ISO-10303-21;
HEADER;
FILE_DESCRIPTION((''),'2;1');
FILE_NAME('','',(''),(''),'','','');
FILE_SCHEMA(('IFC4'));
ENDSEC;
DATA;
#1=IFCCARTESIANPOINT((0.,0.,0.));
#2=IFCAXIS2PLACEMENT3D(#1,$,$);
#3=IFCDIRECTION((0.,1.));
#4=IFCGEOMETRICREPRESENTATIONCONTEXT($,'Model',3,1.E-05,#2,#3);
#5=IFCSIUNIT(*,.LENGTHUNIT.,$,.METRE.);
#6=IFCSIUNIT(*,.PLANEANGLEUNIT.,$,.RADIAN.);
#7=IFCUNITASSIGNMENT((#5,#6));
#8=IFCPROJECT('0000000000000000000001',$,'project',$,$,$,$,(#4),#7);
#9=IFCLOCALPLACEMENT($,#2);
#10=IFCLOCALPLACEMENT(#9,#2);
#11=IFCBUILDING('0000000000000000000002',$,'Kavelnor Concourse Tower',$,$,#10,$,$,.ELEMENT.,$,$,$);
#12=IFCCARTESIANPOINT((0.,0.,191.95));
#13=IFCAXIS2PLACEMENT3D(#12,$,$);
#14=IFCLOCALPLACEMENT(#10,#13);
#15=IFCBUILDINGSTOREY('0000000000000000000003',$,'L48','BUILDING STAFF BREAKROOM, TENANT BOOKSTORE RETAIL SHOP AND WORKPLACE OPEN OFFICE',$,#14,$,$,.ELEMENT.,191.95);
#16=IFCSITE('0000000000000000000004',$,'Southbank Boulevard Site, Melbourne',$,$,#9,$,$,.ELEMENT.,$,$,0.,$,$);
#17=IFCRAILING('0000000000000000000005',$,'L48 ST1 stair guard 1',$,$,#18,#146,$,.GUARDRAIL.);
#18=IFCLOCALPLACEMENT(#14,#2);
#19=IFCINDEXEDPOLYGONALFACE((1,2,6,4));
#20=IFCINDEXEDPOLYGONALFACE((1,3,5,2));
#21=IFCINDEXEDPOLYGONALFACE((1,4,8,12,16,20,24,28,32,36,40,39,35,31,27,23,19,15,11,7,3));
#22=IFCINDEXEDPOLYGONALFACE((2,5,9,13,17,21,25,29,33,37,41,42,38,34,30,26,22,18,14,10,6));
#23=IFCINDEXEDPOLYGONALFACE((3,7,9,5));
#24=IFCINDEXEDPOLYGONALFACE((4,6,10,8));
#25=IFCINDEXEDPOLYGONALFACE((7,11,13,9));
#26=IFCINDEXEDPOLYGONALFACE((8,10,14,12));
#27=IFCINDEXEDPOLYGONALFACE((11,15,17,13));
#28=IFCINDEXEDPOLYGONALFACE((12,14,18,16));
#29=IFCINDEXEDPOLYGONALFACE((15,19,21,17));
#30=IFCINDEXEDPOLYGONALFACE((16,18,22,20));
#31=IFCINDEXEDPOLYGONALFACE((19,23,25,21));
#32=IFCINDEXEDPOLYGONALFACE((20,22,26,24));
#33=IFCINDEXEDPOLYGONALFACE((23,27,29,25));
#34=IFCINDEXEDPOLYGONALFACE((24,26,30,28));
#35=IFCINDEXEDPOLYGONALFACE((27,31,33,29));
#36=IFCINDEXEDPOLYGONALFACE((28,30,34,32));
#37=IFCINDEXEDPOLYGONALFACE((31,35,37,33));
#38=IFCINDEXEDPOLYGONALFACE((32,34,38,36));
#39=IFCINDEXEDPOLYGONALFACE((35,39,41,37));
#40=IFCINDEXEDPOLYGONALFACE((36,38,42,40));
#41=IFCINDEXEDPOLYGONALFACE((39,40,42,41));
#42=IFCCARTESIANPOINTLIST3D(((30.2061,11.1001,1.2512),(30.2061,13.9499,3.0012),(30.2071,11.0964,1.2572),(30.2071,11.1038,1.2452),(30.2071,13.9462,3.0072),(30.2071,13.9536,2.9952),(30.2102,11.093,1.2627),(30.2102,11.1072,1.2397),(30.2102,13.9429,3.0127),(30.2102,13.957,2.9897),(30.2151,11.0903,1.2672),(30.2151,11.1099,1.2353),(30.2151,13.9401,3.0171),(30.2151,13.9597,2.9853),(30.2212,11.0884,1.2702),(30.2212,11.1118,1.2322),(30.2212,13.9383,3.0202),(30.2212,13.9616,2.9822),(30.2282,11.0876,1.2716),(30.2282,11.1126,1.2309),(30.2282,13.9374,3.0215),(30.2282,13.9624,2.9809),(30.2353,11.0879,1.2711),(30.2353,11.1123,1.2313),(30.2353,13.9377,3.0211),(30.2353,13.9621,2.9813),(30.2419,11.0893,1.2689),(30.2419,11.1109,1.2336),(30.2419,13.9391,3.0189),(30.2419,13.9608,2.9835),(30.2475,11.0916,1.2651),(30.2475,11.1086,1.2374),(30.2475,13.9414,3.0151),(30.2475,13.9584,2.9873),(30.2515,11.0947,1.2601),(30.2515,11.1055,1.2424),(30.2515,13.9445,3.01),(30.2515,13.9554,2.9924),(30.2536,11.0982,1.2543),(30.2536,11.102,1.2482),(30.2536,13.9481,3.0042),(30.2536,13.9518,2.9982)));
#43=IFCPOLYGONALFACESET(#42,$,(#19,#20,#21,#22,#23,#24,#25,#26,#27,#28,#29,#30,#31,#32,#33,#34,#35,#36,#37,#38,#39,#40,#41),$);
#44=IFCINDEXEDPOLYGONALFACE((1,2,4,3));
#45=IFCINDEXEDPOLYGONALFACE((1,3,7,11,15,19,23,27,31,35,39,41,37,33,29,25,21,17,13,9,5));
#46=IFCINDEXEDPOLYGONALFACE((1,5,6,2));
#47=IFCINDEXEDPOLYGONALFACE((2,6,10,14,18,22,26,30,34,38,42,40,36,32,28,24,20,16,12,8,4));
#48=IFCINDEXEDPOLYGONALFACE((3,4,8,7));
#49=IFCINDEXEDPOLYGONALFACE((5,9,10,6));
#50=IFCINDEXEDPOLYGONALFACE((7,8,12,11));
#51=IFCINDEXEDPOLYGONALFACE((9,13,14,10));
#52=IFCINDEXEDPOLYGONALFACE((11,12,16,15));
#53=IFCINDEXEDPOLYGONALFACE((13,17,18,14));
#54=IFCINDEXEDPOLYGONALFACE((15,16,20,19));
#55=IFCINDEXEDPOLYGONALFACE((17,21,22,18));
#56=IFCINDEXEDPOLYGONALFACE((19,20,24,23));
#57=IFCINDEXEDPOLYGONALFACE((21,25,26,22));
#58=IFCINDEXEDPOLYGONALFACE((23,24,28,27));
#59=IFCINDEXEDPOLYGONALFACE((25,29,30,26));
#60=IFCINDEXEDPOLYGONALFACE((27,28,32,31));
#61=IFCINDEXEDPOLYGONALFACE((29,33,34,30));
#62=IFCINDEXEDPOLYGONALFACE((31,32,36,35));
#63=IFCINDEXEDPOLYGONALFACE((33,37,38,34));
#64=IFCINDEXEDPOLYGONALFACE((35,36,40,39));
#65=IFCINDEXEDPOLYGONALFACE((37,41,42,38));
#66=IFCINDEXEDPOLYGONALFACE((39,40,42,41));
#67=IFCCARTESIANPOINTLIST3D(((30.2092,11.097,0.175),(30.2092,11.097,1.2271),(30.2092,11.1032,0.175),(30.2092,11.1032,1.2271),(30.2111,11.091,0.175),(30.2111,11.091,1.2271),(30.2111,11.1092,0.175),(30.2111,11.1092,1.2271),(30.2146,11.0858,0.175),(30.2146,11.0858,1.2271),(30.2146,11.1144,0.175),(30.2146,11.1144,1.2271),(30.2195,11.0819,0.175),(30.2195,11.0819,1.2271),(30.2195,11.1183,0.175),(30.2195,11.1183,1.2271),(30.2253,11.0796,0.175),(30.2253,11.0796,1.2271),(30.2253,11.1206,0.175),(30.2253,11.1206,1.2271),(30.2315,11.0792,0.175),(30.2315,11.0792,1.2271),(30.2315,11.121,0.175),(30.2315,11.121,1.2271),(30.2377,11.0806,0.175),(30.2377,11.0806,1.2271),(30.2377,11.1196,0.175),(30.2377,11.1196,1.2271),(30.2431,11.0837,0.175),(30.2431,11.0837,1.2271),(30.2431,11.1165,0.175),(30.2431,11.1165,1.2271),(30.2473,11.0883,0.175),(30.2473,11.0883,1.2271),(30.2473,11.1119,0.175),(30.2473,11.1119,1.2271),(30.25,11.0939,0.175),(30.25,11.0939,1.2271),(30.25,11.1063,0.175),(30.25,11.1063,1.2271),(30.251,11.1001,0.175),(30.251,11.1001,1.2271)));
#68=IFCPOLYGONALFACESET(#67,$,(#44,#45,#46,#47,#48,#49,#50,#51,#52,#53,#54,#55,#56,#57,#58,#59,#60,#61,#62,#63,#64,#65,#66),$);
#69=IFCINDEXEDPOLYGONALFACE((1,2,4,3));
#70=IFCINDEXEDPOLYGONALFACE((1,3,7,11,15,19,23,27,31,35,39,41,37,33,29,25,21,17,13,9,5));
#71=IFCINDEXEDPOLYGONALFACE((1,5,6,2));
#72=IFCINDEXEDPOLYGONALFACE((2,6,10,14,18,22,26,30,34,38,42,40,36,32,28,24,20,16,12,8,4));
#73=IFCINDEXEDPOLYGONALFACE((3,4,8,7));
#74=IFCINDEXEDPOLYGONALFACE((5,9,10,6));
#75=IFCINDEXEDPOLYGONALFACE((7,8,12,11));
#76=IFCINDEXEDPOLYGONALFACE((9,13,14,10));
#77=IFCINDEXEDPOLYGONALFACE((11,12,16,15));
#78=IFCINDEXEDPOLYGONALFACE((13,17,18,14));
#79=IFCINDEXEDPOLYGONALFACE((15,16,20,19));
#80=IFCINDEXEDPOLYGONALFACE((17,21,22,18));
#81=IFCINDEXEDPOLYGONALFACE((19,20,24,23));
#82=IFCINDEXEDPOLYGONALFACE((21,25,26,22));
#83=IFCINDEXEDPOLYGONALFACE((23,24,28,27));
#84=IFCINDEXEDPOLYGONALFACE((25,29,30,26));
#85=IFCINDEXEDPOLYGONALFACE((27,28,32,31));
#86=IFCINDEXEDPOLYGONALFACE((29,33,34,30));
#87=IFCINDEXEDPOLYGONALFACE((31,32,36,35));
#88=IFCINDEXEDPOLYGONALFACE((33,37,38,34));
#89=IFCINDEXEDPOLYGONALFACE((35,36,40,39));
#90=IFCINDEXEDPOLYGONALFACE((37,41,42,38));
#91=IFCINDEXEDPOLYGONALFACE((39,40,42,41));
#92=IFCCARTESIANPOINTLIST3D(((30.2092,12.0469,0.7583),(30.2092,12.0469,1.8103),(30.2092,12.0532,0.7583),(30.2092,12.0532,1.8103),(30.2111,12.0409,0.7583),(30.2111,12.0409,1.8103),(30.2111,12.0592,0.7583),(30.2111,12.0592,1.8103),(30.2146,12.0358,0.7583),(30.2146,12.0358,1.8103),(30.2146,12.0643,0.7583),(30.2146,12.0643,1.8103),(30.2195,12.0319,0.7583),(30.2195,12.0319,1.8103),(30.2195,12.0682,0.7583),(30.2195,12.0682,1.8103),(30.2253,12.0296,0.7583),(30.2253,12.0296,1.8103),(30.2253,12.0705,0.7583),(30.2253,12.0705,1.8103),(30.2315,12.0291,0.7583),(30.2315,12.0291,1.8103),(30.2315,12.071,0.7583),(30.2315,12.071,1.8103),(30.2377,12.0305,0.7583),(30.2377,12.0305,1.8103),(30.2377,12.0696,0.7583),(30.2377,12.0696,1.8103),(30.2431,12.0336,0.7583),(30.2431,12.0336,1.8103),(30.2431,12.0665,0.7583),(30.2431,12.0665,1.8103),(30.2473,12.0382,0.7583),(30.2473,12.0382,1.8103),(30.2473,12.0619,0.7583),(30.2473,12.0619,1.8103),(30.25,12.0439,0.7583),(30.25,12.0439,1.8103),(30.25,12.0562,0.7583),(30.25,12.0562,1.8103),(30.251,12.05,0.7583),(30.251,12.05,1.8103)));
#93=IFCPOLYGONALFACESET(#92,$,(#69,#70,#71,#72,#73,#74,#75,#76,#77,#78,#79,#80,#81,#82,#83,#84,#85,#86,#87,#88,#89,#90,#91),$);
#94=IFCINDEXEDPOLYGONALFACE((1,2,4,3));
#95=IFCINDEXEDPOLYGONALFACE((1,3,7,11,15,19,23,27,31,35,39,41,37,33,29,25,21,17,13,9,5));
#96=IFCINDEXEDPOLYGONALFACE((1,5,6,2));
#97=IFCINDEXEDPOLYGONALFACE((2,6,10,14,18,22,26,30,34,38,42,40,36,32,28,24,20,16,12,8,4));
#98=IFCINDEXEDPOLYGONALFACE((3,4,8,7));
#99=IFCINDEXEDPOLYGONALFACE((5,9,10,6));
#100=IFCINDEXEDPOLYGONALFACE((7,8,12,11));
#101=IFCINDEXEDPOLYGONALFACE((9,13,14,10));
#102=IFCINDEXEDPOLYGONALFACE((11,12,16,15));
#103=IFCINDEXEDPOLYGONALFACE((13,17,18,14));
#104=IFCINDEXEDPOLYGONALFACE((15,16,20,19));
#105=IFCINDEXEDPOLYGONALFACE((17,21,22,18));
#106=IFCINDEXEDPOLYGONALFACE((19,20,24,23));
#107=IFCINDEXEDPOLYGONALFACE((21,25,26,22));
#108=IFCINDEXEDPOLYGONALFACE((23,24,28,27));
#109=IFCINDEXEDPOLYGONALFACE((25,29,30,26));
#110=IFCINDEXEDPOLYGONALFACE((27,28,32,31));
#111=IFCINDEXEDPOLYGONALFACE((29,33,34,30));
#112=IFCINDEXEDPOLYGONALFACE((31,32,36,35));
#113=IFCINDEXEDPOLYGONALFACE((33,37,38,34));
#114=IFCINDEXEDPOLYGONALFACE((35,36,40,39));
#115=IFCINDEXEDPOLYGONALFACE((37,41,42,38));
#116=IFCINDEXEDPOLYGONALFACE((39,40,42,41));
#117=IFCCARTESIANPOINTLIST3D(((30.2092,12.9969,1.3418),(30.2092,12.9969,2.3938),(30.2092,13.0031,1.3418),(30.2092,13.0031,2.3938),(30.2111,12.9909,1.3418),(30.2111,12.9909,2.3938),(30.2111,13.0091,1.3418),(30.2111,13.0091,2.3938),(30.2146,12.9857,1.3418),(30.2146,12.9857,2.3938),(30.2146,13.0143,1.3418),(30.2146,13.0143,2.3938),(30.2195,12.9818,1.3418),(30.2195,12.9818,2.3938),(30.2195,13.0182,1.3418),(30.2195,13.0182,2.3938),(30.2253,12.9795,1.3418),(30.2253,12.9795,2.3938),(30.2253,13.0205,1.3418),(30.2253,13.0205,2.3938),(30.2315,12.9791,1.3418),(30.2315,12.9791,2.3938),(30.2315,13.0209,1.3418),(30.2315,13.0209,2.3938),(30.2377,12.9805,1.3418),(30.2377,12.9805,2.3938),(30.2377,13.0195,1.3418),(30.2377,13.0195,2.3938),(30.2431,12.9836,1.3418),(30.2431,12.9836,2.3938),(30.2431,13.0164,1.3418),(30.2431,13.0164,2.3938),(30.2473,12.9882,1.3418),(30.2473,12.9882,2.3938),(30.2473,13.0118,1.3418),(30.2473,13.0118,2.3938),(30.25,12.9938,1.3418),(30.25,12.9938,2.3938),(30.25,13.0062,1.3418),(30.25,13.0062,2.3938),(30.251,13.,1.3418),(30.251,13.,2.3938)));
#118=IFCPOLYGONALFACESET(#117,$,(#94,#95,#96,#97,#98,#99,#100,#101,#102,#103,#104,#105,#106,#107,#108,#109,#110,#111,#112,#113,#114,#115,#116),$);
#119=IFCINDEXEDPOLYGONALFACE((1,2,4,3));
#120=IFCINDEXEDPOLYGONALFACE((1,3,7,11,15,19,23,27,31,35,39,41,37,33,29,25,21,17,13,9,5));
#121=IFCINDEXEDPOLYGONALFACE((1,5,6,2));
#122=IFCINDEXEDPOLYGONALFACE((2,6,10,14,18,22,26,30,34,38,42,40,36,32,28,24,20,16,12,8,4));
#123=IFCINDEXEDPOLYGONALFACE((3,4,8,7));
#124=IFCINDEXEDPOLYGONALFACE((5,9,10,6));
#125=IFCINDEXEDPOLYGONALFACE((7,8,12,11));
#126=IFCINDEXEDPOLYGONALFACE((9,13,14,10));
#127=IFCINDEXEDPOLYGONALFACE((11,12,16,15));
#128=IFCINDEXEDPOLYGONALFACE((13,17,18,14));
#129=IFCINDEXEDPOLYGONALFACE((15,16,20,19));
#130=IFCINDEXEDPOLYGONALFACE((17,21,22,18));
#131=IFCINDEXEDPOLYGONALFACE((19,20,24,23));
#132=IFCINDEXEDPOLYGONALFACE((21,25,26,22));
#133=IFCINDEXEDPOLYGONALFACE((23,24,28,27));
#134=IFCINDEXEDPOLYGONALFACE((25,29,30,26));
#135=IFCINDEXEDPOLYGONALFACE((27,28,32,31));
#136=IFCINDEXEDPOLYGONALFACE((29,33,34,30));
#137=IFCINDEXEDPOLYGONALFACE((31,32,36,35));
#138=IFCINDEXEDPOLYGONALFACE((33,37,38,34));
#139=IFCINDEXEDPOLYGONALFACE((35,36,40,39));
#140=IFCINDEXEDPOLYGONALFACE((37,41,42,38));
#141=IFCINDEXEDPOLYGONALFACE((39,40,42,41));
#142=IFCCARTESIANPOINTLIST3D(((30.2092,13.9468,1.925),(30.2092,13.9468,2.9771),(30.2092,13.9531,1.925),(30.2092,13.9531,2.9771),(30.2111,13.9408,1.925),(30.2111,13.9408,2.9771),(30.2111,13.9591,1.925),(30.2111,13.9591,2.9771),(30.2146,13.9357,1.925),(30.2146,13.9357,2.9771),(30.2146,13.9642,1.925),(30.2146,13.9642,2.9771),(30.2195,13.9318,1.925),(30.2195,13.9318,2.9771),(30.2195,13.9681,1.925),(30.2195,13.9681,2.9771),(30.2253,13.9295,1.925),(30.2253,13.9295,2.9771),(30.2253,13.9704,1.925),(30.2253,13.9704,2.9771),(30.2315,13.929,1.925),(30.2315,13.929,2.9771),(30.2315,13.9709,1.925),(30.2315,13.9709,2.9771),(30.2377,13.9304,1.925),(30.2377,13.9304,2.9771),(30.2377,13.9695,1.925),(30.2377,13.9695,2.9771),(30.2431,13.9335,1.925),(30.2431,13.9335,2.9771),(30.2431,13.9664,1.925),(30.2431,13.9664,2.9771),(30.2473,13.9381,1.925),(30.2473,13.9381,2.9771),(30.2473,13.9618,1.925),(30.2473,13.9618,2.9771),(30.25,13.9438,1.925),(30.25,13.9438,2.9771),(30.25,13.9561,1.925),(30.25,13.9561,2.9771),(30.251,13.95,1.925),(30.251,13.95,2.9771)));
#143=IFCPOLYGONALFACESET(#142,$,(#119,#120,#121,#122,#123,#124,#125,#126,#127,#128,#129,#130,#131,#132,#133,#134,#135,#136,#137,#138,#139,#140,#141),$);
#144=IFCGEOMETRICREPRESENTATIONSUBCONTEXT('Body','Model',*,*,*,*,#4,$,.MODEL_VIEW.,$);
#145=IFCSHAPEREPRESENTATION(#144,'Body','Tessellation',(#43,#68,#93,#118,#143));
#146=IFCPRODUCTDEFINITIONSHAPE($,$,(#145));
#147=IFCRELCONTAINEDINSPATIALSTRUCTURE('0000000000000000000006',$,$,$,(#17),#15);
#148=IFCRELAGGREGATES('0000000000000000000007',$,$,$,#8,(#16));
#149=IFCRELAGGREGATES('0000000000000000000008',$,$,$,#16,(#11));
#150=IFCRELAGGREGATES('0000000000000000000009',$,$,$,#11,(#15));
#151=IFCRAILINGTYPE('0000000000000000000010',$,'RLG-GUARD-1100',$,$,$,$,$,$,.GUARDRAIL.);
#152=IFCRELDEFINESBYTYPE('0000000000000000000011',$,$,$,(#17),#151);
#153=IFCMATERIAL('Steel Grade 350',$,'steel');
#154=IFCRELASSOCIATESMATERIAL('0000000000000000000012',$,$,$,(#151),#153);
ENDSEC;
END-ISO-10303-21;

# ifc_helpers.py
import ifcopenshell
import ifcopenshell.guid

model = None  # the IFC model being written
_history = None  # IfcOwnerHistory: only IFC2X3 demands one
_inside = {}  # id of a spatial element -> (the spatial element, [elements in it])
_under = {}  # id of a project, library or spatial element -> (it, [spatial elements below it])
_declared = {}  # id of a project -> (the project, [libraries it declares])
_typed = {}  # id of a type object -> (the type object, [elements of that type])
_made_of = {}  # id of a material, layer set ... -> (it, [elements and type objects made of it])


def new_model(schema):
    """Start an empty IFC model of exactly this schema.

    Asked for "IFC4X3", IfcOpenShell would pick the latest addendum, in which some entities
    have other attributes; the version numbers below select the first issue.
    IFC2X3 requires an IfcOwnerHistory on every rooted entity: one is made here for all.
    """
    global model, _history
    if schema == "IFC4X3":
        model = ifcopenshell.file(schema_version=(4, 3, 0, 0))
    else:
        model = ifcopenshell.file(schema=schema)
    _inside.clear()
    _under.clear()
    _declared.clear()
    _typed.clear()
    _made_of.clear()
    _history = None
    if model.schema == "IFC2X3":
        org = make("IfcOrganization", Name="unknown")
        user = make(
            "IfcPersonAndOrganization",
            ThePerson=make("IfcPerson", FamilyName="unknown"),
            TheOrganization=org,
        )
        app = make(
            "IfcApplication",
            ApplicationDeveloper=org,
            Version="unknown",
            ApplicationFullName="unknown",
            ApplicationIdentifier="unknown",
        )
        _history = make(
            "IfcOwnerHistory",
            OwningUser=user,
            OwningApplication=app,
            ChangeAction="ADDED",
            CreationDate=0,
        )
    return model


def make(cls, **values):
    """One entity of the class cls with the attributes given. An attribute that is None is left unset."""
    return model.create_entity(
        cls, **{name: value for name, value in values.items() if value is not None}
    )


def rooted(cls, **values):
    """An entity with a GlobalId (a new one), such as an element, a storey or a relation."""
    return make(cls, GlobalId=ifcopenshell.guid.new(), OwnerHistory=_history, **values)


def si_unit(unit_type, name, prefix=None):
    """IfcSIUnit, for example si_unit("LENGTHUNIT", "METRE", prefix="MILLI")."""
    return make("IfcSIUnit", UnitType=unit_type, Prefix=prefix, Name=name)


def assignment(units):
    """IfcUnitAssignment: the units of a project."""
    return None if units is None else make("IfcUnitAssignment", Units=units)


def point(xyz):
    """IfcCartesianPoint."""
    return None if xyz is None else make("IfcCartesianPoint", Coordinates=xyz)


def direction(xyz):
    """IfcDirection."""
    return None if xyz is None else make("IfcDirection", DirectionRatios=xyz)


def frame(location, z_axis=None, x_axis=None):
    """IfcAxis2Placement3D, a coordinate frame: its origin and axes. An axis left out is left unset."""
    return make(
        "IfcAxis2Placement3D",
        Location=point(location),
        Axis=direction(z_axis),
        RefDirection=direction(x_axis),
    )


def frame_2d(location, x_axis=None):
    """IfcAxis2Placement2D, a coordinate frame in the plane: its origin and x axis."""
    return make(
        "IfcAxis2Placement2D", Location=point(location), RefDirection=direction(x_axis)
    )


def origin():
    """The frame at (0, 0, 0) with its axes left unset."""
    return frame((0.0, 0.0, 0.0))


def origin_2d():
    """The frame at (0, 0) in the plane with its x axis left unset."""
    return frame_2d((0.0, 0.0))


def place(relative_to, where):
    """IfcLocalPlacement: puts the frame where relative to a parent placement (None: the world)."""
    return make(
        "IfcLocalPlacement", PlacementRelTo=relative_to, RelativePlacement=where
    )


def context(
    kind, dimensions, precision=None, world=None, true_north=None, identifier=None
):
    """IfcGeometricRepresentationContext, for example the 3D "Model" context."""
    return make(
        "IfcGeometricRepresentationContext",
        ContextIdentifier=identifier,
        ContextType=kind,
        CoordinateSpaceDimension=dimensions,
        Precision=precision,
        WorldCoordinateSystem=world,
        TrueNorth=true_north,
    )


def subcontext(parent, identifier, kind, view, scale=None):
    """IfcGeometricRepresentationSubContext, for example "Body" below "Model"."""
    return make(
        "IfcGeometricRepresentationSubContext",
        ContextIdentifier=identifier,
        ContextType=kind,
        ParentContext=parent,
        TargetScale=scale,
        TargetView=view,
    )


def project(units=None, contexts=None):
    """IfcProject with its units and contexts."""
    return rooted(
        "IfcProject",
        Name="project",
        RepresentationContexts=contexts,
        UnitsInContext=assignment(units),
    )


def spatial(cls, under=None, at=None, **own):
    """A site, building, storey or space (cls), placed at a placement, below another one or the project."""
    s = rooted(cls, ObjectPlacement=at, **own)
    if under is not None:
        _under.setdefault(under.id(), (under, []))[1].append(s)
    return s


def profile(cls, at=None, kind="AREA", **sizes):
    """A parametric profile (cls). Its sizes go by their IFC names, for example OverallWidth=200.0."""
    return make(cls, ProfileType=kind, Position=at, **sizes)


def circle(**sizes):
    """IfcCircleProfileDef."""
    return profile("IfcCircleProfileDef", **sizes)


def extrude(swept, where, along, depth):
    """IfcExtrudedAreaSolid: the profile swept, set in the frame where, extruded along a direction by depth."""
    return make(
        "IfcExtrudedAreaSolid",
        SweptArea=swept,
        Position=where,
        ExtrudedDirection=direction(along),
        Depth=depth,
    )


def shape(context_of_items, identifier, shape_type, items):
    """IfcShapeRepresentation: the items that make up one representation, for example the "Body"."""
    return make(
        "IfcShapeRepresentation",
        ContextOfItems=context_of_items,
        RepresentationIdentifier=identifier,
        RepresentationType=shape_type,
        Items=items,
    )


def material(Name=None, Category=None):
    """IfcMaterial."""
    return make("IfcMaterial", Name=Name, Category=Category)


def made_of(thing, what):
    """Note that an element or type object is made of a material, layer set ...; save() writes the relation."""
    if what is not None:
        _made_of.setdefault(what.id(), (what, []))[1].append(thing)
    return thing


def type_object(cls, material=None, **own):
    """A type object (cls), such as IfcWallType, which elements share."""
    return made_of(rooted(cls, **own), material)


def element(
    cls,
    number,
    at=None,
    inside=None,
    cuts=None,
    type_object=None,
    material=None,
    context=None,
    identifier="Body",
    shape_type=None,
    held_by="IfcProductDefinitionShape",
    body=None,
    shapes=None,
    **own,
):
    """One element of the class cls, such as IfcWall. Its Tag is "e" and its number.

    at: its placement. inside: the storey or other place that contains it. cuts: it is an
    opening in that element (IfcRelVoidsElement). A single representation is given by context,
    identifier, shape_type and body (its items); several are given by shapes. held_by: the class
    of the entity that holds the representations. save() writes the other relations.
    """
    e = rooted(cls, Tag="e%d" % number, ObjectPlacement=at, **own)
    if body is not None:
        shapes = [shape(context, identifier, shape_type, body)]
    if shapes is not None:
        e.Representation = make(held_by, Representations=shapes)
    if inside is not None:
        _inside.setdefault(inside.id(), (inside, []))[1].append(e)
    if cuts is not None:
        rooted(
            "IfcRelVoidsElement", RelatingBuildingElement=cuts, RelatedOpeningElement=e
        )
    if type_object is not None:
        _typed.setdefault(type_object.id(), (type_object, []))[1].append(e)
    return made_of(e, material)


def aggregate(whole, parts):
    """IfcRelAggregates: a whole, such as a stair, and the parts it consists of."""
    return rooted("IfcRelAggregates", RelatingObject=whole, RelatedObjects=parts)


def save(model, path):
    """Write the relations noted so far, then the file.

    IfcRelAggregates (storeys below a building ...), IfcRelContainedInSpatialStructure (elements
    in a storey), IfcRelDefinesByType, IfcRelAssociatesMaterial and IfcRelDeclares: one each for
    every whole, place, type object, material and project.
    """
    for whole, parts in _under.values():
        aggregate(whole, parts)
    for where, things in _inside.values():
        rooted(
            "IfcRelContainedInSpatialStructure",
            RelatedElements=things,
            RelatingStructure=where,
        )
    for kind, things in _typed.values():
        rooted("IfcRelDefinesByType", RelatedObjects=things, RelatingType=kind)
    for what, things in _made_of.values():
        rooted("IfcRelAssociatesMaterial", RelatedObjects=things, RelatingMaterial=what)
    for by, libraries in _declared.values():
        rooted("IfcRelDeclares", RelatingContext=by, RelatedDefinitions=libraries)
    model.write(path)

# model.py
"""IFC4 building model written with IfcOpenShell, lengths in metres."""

from ifc_helpers import new_model, si_unit, direction, frame, origin, origin_2d, place, context, subcontext, project, spatial, circle, extrude, material, type_object, element, save


model = new_model("IFC4")

# Units and contexts
model_context = context("Model", 3, precision=1e-05, world=origin(), true_north=direction((0.0, 1.0)))
body_context = subcontext(model_context, "Body", "Model", "MODEL_VIEW")
ifc_project = project(units=[si_unit("LENGTHUNIT", "METRE"), si_unit("PLANEANGLEUNIT", "RADIAN")], contexts=[model_context])

# Site, building, storey
site_placement = place(None, origin())
site = spatial("IfcSite", under=ifc_project, at=site_placement, Name="Southbank Boulevard Site, Melbourne", CompositionType="ELEMENT", RefElevation=0.0)
building_placement = place(site_placement, origin())
building = spatial("IfcBuilding", under=site, at=building_placement, Name="Kavelnor Concourse Tower", CompositionType="ELEMENT")
storey_placement = place(building_placement, frame((0.0, 0.0, 191.95)))
storey = spatial("IfcBuildingStorey", under=building, at=storey_placement, Name="L48", Description="BUILDING STAFF BREAKROOM, TENANT BOOKSTORE RETAIL SHOP AND WORKPLACE OPEN OFFICE", CompositionType="ELEMENT", Elevation=191.95)

# Shared definitions
ifc_material_1 = material(Name="Steel Grade 350", Category="steel")

# Railing
railing_type_1 = type_object("IfcRailingType", Name="RLG-GUARD-1100", PredefinedType="GUARDRAIL", material=ifc_material_1)
railing_1_placement = place(storey_placement, frame((30.23, 11.1001, 0.175)))
element("IfcRailing", 1, at=railing_1_placement, inside=storey, type_object=railing_type_1, Name="L48 ST1 stair guard 1", PredefinedType="GUARDRAIL", context=body_context, shape_type="SweptSolid", body=[
    extrude(circle(Radius=0.0239, at=origin_2d()), frame((0.0, 0.0, 1.0762), z_axis=(0.0, 0.852159, 0.523283), x_axis=(-1.0, 0.0, 0.0)), (0.0, 0.0, 1.0), 3.3442),
    extrude(circle(Radius=0.021, at=origin_2d()), origin(), (0.0, 0.0, 1.0), 1.052),
    extrude(circle(Radius=0.021, at=origin_2d()), frame((0.0, 0.95, 0.5833)), (0.0, 0.0, 1.0), 1.052),
    extrude(circle(Radius=0.021, at=origin_2d()), frame((0.0, 1.8999, 1.1667)), (0.0, 0.0, 1.0), 1.052),
    extrude(circle(Radius=0.021, at=origin_2d()), frame((0.0, 2.8499, 1.75)), (0.0, 0.0, 1.0), 1.052),
])

save(model, "model.ifc")
